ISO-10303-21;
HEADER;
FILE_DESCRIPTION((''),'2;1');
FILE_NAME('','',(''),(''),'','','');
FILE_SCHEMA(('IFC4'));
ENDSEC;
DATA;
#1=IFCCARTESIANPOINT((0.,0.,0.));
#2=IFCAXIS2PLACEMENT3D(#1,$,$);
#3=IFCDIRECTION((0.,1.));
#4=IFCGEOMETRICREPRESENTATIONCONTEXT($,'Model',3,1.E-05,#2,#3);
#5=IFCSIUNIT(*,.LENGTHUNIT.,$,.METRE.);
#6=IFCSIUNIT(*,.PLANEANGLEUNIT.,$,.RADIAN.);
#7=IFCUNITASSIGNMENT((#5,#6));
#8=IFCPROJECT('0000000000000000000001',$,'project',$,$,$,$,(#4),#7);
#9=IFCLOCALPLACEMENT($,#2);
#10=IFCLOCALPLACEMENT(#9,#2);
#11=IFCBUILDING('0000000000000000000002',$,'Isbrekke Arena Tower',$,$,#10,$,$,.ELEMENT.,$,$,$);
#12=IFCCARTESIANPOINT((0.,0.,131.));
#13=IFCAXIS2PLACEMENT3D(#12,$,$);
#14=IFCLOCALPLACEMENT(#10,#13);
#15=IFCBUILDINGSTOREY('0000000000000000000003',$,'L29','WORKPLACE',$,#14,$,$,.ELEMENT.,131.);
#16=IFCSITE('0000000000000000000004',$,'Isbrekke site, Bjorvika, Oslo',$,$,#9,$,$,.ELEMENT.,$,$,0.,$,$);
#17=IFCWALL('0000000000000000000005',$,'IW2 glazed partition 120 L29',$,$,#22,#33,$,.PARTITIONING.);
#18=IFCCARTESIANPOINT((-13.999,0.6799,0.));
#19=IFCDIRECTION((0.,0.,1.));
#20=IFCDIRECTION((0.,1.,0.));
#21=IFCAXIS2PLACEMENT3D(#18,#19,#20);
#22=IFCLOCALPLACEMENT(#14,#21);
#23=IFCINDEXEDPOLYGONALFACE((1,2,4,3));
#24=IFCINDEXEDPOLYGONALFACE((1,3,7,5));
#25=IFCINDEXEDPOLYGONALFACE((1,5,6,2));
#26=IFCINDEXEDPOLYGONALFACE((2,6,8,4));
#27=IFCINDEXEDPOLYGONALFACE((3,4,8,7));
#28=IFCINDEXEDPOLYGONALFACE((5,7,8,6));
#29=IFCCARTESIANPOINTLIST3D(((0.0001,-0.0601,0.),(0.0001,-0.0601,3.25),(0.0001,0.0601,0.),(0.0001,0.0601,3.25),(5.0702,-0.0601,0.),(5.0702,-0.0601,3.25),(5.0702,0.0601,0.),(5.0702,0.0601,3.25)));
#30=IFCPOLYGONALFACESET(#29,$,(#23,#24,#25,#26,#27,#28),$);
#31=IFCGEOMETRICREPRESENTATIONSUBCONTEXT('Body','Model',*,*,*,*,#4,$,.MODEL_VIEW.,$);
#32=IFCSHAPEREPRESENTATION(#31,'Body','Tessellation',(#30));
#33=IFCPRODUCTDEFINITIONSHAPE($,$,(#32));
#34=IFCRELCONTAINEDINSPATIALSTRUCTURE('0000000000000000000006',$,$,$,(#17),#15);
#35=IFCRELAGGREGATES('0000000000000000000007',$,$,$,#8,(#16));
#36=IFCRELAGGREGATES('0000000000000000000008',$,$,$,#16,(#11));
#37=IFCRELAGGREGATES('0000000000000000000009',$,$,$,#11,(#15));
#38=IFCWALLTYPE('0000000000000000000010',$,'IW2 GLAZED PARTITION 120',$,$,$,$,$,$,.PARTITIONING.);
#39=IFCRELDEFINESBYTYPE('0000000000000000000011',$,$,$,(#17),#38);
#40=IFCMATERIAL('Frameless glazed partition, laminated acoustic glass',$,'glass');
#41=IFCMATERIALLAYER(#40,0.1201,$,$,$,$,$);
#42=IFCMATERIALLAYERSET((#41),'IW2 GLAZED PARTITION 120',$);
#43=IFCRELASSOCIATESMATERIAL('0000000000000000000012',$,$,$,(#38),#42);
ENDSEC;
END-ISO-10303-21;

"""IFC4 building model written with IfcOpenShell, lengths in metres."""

from ifc_helpers import new_model, si_unit, direction, frame, frame_2d, origin, place, context, subcontext, project, spatial, rectangle, extrude, material, layer, layer_set, type_object, element, save


model = new_model("IFC4")

# Units and contexts
model_context = context("Model", 3, precision=1e-05, world=origin(), true_north=direction((0.0, 1.0)))
body_context = subcontext(model_context, "Body", "Model", "MODEL_VIEW")
ifc_project = project(units=[si_unit("LENGTHUNIT", "METRE"), si_unit("PLANEANGLEUNIT", "RADIAN")], contexts=[model_context])

# Site, building, storey
site_placement = place(None, origin())
site = spatial("IfcSite", under=ifc_project, at=site_placement, Name="Isbrekke site, Bjorvika, Oslo", CompositionType="ELEMENT", RefElevation=0.0)
building_placement = place(site_placement, origin())
building = spatial("IfcBuilding", under=site, at=building_placement, Name="Isbrekke Arena Tower", CompositionType="ELEMENT")
storey_placement = place(building_placement, frame((0.0, 0.0, 131.0)))
storey = spatial("IfcBuildingStorey", under=building, at=storey_placement, Name="L29", Description="WORKPLACE", CompositionType="ELEMENT", Elevation=131.0)

# Shared definitions
ifc_material_1 = material(Name="Frameless glazed partition, laminated acoustic glass", Category="glass")
ifc_layer_1 = layer(ifc_material_1, 0.1201)
ifc_layer_set_1 = layer_set([ifc_layer_1], Name="IW2 GLAZED PARTITION 120")
wall_type_1 = type_object("IfcWallType", Name="IW2 GLAZED PARTITION 120", PredefinedType="PARTITIONING", material=ifc_layer_set_1)

# Wall
wall_1_placement = place(storey_placement, frame((-13.999, 0.6799, 0.0), z_axis=(0.0, 0.0, 1.0), x_axis=(0.0, 1.0, 0.0)))
element("IfcWall", 1, at=wall_1_placement, inside=storey, type_object=wall_type_1, Name="IW2 glazed partition 120 L29", PredefinedType="PARTITIONING", context=body_context, shape_type="SweptSolid", body=[
    extrude(rectangle(XDim=5.0701, YDim=0.1201, at=frame_2d((2.5352, 0.0))), origin(), (0.0, 0.0, 1.0), 3.25),
])

save(model, "model.ifc")
